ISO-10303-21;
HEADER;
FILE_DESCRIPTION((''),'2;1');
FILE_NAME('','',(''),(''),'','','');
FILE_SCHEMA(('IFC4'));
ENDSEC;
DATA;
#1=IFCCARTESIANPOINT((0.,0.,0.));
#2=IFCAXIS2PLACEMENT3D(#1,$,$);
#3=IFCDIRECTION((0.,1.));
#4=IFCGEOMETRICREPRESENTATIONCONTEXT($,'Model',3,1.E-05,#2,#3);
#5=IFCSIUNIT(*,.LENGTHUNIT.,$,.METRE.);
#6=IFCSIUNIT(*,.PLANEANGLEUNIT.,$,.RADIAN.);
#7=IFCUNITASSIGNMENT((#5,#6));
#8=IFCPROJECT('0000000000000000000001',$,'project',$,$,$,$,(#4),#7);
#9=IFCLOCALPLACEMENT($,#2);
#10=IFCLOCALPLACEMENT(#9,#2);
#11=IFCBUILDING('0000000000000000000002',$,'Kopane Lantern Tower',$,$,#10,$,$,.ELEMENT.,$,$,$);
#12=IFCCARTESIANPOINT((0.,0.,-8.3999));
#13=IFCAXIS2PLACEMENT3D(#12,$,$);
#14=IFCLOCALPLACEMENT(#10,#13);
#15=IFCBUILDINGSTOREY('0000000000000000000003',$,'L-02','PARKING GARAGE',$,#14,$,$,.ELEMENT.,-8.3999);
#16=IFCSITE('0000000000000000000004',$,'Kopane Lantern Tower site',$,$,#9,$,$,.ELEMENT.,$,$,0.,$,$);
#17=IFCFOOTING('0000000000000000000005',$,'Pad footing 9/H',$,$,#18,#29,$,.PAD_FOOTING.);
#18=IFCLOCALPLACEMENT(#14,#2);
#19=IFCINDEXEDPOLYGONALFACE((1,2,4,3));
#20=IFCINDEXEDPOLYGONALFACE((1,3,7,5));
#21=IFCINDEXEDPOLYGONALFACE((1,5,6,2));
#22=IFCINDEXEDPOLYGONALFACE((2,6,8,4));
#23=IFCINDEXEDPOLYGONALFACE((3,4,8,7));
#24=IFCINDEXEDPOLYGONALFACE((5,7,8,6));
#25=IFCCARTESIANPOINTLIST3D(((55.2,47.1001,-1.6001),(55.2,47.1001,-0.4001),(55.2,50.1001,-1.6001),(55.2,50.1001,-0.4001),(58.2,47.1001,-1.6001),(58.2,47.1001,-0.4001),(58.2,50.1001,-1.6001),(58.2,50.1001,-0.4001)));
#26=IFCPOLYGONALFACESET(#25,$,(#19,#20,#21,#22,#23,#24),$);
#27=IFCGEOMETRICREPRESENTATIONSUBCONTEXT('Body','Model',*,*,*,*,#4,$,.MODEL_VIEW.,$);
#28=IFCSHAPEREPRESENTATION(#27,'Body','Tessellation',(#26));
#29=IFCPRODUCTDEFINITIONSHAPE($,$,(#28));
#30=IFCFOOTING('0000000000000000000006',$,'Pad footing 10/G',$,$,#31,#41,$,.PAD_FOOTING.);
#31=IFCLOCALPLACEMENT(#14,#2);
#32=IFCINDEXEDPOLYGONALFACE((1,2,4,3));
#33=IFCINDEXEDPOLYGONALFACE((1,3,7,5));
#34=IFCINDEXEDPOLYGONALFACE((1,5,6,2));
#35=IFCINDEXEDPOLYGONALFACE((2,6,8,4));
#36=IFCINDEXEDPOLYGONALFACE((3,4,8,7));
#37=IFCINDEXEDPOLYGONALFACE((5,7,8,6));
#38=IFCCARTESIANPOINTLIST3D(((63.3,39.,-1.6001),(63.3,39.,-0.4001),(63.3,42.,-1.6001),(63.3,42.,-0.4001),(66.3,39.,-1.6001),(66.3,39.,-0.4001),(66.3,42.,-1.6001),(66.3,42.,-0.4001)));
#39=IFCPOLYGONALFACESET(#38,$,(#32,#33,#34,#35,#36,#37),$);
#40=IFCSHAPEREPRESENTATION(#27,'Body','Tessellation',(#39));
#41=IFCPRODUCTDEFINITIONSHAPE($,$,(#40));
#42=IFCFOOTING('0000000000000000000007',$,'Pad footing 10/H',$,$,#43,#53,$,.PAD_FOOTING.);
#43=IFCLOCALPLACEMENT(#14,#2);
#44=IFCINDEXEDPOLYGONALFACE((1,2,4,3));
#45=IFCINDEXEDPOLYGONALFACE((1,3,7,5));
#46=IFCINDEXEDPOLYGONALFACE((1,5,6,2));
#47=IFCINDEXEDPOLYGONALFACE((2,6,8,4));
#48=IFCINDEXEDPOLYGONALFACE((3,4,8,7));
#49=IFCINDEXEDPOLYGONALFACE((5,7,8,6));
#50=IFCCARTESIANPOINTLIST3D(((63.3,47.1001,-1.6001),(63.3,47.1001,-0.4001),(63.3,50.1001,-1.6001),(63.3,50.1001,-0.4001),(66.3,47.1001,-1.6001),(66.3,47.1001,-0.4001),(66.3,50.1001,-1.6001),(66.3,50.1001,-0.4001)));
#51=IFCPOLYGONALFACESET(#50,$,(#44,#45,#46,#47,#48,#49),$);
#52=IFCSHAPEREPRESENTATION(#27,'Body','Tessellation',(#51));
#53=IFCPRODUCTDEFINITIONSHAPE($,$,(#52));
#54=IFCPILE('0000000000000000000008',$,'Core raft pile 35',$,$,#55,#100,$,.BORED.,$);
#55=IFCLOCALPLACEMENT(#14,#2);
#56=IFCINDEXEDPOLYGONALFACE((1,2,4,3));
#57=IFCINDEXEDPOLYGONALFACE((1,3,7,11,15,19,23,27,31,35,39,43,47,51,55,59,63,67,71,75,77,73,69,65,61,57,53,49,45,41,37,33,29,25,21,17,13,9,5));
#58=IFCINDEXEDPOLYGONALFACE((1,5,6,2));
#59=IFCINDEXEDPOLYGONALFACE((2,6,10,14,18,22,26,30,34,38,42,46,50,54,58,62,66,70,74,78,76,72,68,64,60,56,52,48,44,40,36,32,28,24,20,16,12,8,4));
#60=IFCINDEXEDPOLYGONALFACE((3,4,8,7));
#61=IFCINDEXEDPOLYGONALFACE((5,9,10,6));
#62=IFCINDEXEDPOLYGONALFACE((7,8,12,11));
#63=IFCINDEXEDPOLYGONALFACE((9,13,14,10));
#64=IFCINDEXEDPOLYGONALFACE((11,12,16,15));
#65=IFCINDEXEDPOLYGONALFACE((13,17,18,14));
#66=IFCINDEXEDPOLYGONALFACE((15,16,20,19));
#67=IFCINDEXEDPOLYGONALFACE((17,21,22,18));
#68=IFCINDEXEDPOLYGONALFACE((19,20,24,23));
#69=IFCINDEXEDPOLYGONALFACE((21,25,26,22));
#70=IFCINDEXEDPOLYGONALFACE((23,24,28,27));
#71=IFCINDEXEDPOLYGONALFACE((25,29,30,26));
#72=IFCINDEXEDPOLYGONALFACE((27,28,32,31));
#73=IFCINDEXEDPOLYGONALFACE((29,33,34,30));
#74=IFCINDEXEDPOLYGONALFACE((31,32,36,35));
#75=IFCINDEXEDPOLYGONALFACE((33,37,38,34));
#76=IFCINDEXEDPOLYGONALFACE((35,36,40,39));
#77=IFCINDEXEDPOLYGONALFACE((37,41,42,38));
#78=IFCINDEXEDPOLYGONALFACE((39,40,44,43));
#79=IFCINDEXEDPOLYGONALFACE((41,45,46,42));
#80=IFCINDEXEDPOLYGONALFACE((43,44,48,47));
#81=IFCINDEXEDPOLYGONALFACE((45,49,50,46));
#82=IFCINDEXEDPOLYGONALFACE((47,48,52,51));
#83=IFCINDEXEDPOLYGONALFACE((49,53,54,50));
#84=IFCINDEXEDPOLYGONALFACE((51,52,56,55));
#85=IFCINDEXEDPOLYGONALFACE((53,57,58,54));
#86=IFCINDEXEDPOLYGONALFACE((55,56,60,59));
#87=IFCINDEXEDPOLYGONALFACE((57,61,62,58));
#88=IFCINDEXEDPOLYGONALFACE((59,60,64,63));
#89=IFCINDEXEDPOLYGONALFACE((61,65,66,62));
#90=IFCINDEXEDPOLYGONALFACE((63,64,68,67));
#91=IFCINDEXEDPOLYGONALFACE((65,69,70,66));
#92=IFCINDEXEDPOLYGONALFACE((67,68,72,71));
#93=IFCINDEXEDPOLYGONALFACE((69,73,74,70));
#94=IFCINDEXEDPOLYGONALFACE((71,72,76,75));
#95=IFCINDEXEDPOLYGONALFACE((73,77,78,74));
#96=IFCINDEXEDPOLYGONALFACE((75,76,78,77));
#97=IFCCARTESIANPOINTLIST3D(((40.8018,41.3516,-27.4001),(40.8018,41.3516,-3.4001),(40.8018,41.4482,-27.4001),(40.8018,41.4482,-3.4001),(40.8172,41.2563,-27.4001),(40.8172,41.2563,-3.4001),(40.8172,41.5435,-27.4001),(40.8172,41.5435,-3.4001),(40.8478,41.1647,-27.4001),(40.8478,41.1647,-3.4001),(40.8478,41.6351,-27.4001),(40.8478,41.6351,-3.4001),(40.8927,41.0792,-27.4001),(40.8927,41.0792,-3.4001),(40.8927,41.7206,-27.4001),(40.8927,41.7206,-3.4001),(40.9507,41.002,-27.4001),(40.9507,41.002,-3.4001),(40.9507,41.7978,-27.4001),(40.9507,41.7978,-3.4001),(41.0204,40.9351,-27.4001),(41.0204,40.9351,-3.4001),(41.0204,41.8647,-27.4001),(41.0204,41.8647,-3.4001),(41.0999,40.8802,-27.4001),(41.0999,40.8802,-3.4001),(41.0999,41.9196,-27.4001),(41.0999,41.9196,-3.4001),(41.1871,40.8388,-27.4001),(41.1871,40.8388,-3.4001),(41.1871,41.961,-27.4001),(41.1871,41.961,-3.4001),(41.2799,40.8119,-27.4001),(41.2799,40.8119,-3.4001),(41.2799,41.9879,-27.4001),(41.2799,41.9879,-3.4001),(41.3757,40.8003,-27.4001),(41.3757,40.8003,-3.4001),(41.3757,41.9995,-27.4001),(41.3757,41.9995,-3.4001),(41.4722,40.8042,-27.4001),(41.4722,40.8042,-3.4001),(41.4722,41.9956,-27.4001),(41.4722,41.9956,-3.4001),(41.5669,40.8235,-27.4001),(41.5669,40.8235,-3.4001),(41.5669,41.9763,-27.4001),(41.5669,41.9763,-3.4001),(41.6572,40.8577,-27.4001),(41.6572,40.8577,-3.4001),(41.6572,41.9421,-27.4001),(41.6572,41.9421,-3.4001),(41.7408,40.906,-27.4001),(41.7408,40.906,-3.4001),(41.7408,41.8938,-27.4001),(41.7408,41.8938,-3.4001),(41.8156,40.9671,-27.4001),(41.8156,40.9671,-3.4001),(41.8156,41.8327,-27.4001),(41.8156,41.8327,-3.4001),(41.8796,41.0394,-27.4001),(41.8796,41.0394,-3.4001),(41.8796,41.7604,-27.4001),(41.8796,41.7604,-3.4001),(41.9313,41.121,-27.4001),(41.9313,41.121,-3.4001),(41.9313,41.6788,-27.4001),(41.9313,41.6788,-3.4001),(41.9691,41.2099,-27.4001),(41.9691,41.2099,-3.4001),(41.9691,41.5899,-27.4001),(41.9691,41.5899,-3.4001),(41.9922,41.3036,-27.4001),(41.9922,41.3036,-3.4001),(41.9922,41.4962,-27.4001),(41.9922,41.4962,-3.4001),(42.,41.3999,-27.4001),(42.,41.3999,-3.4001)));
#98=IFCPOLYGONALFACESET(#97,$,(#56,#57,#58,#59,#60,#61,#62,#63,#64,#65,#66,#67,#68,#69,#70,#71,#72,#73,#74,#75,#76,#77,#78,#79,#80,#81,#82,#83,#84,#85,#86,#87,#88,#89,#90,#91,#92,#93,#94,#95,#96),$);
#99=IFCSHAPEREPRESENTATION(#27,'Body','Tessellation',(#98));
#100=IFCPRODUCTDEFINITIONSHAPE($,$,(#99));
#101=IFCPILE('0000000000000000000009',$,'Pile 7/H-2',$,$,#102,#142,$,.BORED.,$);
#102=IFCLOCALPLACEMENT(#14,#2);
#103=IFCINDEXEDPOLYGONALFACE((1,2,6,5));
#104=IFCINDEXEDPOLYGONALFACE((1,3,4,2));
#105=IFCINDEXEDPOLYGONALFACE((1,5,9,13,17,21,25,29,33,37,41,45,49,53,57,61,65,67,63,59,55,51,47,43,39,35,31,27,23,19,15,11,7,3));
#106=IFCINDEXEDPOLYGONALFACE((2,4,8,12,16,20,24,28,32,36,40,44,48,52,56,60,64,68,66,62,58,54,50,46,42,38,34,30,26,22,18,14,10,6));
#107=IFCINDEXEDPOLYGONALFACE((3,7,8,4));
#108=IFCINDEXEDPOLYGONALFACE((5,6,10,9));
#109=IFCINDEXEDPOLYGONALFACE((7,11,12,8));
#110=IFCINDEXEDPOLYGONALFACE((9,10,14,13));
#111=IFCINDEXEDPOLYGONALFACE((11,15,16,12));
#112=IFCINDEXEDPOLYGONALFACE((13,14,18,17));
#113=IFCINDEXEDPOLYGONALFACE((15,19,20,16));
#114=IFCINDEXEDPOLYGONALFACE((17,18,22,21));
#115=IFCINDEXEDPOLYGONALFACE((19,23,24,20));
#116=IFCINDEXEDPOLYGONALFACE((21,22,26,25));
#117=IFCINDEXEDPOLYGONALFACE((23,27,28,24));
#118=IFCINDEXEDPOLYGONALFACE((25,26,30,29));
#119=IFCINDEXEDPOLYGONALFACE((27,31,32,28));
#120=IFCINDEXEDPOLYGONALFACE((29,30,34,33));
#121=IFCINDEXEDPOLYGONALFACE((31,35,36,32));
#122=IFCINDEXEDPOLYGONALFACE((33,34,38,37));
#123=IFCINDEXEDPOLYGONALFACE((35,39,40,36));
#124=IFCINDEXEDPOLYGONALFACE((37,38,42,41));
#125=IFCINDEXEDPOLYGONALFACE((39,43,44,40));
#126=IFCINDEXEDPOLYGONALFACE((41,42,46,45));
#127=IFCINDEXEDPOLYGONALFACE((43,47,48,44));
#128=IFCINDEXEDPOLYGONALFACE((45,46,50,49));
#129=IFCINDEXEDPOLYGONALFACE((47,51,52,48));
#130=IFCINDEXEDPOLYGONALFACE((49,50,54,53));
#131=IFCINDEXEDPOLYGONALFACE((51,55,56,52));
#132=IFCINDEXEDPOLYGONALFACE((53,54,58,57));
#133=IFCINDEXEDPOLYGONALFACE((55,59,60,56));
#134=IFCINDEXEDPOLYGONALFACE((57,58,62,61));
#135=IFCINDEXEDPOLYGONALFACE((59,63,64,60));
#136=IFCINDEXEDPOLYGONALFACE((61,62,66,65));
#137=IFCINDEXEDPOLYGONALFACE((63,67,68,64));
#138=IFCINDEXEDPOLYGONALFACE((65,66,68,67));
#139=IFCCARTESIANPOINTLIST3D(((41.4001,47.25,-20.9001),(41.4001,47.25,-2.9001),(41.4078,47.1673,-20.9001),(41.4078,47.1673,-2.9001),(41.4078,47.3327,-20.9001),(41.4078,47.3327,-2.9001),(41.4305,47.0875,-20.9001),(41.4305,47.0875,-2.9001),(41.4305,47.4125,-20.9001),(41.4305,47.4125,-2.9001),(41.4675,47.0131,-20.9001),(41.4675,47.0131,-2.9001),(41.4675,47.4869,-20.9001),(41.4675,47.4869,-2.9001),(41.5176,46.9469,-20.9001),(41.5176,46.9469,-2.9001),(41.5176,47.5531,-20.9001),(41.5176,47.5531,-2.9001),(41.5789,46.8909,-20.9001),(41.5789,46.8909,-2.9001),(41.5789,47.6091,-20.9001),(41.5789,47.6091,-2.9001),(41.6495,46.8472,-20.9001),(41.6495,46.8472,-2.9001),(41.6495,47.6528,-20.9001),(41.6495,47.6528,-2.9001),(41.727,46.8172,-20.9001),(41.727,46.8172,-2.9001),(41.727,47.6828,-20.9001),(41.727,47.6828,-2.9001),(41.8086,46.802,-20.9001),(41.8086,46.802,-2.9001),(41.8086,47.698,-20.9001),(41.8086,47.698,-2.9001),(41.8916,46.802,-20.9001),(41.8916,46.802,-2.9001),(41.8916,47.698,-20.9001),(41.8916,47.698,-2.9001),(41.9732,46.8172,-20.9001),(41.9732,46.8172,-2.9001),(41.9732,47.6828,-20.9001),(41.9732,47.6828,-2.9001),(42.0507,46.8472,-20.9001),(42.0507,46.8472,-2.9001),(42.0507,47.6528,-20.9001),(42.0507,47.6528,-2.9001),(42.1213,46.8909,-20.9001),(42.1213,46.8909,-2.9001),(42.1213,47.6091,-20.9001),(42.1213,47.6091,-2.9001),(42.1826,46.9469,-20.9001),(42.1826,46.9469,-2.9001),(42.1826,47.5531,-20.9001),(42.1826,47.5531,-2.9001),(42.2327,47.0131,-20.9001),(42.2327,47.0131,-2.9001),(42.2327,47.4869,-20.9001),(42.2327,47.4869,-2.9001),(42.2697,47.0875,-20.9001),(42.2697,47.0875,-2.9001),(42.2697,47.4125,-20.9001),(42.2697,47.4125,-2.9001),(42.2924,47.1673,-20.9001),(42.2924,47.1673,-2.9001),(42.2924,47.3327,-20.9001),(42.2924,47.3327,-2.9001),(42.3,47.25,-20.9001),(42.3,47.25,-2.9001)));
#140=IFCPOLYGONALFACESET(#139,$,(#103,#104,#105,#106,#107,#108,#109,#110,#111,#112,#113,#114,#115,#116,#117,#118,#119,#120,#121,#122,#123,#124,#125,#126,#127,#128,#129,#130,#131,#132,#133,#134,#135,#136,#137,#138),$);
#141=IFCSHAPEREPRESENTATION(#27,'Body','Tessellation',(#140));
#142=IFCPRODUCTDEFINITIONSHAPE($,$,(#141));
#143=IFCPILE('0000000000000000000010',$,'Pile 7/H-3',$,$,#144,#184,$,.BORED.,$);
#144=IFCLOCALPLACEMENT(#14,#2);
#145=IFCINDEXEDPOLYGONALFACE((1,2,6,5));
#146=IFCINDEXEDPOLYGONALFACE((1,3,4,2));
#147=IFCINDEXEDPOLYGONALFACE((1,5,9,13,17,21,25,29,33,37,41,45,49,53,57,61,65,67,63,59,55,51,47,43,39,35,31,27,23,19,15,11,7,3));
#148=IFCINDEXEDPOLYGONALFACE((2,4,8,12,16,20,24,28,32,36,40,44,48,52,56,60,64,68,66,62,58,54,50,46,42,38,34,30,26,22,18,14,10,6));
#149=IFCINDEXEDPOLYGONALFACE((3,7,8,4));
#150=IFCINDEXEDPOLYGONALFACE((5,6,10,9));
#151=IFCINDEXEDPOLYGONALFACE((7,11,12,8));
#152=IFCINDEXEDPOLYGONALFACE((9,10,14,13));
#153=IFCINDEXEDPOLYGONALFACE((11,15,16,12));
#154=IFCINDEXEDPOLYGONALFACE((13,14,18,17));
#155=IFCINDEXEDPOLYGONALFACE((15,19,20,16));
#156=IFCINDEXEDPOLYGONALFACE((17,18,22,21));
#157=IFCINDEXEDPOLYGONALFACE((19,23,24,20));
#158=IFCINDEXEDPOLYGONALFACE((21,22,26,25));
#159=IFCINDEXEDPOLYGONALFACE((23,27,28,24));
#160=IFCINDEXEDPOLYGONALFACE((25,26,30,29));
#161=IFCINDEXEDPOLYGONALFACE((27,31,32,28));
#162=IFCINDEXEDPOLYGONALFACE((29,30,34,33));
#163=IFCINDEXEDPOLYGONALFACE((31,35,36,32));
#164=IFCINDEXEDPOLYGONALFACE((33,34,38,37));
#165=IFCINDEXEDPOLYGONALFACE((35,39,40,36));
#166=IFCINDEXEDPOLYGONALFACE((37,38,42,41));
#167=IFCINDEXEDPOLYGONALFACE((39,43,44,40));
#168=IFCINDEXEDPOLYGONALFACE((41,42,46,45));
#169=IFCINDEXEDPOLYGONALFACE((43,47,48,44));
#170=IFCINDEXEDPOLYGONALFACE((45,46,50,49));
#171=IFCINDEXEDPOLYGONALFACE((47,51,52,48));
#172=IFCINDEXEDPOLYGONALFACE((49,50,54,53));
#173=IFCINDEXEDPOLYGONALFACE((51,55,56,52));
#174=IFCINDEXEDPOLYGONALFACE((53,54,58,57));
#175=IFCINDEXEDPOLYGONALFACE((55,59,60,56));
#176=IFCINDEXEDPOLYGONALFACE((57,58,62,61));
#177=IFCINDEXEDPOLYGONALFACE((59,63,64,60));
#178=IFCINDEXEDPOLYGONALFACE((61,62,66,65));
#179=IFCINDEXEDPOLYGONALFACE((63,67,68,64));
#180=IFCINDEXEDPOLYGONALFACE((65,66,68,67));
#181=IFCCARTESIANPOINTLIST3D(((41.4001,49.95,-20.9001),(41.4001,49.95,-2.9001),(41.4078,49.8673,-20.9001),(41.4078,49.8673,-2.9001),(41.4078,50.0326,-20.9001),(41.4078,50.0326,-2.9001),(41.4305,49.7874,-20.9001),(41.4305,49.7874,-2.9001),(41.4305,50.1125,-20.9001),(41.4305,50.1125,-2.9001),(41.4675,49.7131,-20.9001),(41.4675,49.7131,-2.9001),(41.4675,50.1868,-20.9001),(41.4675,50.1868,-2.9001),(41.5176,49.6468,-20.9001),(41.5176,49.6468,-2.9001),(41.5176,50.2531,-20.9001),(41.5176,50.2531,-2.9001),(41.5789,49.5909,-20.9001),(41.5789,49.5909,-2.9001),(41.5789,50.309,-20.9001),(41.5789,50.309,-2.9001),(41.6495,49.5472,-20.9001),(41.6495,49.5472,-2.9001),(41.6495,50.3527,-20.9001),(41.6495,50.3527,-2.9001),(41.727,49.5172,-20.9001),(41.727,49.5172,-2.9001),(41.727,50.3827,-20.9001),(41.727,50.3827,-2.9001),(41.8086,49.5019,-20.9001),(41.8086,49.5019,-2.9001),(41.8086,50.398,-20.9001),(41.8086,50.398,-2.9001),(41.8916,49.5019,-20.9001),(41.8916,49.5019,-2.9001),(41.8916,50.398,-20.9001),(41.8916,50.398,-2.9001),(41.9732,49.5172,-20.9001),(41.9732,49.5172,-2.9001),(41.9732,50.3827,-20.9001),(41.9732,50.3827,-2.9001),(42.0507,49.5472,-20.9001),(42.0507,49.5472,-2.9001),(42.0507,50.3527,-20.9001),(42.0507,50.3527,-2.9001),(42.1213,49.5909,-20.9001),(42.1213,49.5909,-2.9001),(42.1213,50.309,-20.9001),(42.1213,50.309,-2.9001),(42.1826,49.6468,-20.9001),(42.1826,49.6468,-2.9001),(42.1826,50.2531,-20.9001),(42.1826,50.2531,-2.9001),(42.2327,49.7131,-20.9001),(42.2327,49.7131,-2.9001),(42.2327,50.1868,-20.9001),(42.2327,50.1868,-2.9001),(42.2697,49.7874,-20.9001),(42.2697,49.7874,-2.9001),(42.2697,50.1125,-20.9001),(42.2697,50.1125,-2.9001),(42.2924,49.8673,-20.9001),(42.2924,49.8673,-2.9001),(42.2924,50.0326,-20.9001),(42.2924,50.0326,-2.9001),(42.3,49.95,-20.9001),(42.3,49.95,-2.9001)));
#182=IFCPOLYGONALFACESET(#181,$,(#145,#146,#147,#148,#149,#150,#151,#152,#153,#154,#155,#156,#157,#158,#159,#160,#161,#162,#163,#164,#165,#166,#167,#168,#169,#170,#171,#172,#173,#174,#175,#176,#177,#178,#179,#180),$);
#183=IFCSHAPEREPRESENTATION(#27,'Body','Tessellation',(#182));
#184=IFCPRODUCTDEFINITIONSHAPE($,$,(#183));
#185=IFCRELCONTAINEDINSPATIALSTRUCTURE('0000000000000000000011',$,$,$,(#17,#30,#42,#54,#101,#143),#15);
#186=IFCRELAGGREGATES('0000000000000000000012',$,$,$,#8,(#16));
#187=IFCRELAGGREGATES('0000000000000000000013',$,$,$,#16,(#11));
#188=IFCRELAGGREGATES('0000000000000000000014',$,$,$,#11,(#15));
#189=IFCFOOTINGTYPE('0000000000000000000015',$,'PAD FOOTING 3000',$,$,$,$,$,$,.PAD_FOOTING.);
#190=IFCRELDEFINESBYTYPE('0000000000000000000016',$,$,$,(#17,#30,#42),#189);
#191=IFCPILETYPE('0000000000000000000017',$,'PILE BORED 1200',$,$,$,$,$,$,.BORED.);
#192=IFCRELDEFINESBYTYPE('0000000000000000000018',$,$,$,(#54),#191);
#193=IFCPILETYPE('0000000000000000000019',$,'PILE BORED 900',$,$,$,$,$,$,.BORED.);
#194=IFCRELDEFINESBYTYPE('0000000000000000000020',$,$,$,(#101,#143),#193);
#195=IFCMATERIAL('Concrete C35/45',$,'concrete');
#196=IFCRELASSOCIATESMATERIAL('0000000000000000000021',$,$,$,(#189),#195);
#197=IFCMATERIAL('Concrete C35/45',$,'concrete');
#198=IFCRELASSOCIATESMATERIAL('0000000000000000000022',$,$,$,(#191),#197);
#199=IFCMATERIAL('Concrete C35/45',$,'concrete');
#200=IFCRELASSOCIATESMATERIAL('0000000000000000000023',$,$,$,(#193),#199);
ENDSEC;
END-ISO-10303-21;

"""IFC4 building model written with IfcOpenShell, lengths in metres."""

from ifc_helpers import new_model, si_unit, direction, frame, origin, origin_2d, place, context, subcontext, project, spatial, rectangle, circle, extrude, material, material_profile, profile_set, type_object, element, save


model = new_model("IFC4")

# Units and contexts
model_context = context("Model", 3, precision=1e-05, world=origin(), true_north=direction((0.0, 1.0)))
body_context = subcontext(model_context, "Body", "Model", "MODEL_VIEW")
ifc_project = project(units=[si_unit("LENGTHUNIT", "METRE"), si_unit("PLANEANGLEUNIT", "RADIAN")], contexts=[model_context])

# Site, building, storey
site_placement = place(None, origin())
site = spatial("IfcSite", under=ifc_project, at=site_placement, Name="Kopane Lantern Tower site", CompositionType="ELEMENT", RefElevation=0.0)
building_placement = place(site_placement, origin())
building = spatial("IfcBuilding", under=site, at=building_placement, Name="Kopane Lantern Tower", CompositionType="ELEMENT")
storey_placement = place(building_placement, frame((0.0, 0.0, -8.3999)))
storey = spatial("IfcBuildingStorey", under=building, at=storey_placement, Name="L-02", Description="PARKING GARAGE", CompositionType="ELEMENT", Elevation=-8.3999)

# Footings
ifc_material_1 = material(Name="Concrete C35/45", Category="concrete")
footing_type_1 = type_object("IfcFootingType", Name="PAD FOOTING 3000", PredefinedType="PAD_FOOTING", material=ifc_material_1)
for number, where, z_axis, x_axis, name in (
    (1, (56.7, 48.6001, -1.6001), (0.0, 0.0, 1.0), (1.0, 0.0, 0.0), "Pad footing 9/H"),
    (2, (64.8, 40.5, -1.6001), (0.0, 0.0, 1.0), (1.0, 0.0, 0.0), "Pad footing 10/G"),
    (3, (64.8, 48.6001, -1.6001), (0.0, 0.0, 1.0), (1.0, 0.0, 0.0), "Pad footing 10/H"),
):
    element("IfcFooting", number, at=place(storey_placement, frame(where, z_axis=z_axis, x_axis=x_axis)), inside=storey, type_object=footing_type_1, Name=name, PredefinedType="PAD_FOOTING", context=body_context, shape_type="SweptSolid", body=[
        extrude(rectangle(XDim=3.0, YDim=3.0, at=origin_2d()), origin(), (0.0, 0.0, 1.0), 1.2),
    ])

# Piles
ifc_material_2 = material(Name="Concrete C35/45", Category="concrete")
ifc_material_profile_1 = material_profile(ifc_material_2, circle(Radius=0.6001, at=origin_2d()), Name="D1200")
ifc_profile_set_1 = profile_set([ifc_material_profile_1], Name="Concrete C35/45")
pile_type_1 = type_object("IfcPileType", Name="PILE BORED 1200", PredefinedType="BORED", material=ifc_profile_set_1)
pile_placement = place(storey_placement, frame((41.3999, 41.3999, -3.4001), z_axis=(0.0, 0.0, -1.0), x_axis=(1.0, 0.0, 0.0)))
element("IfcPile", 4, at=pile_placement, inside=storey, type_object=pile_type_1, Name="Core raft pile 35", PredefinedType="BORED", context=body_context, shape_type="SweptSolid", body=[
    extrude(circle(Radius=0.6001, at=origin_2d()), origin(), (0.0, 0.0, 1.0), 24.0),
])
ifc_material_3 = material(Name="Concrete C35/45", Category="concrete")
ifc_material_profile_2 = material_profile(ifc_material_3, circle(Radius=0.45, at=origin_2d()), Name="D900")
ifc_profile_set_2 = profile_set([ifc_material_profile_2], Name="Concrete C35/45")
pile_type_2 = type_object("IfcPileType", Name="PILE BORED 900", PredefinedType="BORED", material=ifc_profile_set_2)
for number, where, z_axis, x_axis, name in (
    (5, (41.8501, 47.25, -2.9001), (0.0, 0.0, -1.0), (1.0, 0.0, 0.0), "Pile 7/H-2"),
    (6, (41.8501, 49.95, -2.9001), (0.0, 0.0, -1.0), (1.0, 0.0, 0.0), "Pile 7/H-3"),
):
    element("IfcPile", number, at=place(storey_placement, frame(where, z_axis=z_axis, x_axis=x_axis)), inside=storey, type_object=pile_type_2, Name=name, PredefinedType="BORED", context=body_context, shape_type="SweptSolid", body=[
        extrude(circle(Radius=0.45, at=origin_2d()), origin(), (0.0, 0.0, 1.0), 18.0),
    ])

save(model, "model.ifc")
